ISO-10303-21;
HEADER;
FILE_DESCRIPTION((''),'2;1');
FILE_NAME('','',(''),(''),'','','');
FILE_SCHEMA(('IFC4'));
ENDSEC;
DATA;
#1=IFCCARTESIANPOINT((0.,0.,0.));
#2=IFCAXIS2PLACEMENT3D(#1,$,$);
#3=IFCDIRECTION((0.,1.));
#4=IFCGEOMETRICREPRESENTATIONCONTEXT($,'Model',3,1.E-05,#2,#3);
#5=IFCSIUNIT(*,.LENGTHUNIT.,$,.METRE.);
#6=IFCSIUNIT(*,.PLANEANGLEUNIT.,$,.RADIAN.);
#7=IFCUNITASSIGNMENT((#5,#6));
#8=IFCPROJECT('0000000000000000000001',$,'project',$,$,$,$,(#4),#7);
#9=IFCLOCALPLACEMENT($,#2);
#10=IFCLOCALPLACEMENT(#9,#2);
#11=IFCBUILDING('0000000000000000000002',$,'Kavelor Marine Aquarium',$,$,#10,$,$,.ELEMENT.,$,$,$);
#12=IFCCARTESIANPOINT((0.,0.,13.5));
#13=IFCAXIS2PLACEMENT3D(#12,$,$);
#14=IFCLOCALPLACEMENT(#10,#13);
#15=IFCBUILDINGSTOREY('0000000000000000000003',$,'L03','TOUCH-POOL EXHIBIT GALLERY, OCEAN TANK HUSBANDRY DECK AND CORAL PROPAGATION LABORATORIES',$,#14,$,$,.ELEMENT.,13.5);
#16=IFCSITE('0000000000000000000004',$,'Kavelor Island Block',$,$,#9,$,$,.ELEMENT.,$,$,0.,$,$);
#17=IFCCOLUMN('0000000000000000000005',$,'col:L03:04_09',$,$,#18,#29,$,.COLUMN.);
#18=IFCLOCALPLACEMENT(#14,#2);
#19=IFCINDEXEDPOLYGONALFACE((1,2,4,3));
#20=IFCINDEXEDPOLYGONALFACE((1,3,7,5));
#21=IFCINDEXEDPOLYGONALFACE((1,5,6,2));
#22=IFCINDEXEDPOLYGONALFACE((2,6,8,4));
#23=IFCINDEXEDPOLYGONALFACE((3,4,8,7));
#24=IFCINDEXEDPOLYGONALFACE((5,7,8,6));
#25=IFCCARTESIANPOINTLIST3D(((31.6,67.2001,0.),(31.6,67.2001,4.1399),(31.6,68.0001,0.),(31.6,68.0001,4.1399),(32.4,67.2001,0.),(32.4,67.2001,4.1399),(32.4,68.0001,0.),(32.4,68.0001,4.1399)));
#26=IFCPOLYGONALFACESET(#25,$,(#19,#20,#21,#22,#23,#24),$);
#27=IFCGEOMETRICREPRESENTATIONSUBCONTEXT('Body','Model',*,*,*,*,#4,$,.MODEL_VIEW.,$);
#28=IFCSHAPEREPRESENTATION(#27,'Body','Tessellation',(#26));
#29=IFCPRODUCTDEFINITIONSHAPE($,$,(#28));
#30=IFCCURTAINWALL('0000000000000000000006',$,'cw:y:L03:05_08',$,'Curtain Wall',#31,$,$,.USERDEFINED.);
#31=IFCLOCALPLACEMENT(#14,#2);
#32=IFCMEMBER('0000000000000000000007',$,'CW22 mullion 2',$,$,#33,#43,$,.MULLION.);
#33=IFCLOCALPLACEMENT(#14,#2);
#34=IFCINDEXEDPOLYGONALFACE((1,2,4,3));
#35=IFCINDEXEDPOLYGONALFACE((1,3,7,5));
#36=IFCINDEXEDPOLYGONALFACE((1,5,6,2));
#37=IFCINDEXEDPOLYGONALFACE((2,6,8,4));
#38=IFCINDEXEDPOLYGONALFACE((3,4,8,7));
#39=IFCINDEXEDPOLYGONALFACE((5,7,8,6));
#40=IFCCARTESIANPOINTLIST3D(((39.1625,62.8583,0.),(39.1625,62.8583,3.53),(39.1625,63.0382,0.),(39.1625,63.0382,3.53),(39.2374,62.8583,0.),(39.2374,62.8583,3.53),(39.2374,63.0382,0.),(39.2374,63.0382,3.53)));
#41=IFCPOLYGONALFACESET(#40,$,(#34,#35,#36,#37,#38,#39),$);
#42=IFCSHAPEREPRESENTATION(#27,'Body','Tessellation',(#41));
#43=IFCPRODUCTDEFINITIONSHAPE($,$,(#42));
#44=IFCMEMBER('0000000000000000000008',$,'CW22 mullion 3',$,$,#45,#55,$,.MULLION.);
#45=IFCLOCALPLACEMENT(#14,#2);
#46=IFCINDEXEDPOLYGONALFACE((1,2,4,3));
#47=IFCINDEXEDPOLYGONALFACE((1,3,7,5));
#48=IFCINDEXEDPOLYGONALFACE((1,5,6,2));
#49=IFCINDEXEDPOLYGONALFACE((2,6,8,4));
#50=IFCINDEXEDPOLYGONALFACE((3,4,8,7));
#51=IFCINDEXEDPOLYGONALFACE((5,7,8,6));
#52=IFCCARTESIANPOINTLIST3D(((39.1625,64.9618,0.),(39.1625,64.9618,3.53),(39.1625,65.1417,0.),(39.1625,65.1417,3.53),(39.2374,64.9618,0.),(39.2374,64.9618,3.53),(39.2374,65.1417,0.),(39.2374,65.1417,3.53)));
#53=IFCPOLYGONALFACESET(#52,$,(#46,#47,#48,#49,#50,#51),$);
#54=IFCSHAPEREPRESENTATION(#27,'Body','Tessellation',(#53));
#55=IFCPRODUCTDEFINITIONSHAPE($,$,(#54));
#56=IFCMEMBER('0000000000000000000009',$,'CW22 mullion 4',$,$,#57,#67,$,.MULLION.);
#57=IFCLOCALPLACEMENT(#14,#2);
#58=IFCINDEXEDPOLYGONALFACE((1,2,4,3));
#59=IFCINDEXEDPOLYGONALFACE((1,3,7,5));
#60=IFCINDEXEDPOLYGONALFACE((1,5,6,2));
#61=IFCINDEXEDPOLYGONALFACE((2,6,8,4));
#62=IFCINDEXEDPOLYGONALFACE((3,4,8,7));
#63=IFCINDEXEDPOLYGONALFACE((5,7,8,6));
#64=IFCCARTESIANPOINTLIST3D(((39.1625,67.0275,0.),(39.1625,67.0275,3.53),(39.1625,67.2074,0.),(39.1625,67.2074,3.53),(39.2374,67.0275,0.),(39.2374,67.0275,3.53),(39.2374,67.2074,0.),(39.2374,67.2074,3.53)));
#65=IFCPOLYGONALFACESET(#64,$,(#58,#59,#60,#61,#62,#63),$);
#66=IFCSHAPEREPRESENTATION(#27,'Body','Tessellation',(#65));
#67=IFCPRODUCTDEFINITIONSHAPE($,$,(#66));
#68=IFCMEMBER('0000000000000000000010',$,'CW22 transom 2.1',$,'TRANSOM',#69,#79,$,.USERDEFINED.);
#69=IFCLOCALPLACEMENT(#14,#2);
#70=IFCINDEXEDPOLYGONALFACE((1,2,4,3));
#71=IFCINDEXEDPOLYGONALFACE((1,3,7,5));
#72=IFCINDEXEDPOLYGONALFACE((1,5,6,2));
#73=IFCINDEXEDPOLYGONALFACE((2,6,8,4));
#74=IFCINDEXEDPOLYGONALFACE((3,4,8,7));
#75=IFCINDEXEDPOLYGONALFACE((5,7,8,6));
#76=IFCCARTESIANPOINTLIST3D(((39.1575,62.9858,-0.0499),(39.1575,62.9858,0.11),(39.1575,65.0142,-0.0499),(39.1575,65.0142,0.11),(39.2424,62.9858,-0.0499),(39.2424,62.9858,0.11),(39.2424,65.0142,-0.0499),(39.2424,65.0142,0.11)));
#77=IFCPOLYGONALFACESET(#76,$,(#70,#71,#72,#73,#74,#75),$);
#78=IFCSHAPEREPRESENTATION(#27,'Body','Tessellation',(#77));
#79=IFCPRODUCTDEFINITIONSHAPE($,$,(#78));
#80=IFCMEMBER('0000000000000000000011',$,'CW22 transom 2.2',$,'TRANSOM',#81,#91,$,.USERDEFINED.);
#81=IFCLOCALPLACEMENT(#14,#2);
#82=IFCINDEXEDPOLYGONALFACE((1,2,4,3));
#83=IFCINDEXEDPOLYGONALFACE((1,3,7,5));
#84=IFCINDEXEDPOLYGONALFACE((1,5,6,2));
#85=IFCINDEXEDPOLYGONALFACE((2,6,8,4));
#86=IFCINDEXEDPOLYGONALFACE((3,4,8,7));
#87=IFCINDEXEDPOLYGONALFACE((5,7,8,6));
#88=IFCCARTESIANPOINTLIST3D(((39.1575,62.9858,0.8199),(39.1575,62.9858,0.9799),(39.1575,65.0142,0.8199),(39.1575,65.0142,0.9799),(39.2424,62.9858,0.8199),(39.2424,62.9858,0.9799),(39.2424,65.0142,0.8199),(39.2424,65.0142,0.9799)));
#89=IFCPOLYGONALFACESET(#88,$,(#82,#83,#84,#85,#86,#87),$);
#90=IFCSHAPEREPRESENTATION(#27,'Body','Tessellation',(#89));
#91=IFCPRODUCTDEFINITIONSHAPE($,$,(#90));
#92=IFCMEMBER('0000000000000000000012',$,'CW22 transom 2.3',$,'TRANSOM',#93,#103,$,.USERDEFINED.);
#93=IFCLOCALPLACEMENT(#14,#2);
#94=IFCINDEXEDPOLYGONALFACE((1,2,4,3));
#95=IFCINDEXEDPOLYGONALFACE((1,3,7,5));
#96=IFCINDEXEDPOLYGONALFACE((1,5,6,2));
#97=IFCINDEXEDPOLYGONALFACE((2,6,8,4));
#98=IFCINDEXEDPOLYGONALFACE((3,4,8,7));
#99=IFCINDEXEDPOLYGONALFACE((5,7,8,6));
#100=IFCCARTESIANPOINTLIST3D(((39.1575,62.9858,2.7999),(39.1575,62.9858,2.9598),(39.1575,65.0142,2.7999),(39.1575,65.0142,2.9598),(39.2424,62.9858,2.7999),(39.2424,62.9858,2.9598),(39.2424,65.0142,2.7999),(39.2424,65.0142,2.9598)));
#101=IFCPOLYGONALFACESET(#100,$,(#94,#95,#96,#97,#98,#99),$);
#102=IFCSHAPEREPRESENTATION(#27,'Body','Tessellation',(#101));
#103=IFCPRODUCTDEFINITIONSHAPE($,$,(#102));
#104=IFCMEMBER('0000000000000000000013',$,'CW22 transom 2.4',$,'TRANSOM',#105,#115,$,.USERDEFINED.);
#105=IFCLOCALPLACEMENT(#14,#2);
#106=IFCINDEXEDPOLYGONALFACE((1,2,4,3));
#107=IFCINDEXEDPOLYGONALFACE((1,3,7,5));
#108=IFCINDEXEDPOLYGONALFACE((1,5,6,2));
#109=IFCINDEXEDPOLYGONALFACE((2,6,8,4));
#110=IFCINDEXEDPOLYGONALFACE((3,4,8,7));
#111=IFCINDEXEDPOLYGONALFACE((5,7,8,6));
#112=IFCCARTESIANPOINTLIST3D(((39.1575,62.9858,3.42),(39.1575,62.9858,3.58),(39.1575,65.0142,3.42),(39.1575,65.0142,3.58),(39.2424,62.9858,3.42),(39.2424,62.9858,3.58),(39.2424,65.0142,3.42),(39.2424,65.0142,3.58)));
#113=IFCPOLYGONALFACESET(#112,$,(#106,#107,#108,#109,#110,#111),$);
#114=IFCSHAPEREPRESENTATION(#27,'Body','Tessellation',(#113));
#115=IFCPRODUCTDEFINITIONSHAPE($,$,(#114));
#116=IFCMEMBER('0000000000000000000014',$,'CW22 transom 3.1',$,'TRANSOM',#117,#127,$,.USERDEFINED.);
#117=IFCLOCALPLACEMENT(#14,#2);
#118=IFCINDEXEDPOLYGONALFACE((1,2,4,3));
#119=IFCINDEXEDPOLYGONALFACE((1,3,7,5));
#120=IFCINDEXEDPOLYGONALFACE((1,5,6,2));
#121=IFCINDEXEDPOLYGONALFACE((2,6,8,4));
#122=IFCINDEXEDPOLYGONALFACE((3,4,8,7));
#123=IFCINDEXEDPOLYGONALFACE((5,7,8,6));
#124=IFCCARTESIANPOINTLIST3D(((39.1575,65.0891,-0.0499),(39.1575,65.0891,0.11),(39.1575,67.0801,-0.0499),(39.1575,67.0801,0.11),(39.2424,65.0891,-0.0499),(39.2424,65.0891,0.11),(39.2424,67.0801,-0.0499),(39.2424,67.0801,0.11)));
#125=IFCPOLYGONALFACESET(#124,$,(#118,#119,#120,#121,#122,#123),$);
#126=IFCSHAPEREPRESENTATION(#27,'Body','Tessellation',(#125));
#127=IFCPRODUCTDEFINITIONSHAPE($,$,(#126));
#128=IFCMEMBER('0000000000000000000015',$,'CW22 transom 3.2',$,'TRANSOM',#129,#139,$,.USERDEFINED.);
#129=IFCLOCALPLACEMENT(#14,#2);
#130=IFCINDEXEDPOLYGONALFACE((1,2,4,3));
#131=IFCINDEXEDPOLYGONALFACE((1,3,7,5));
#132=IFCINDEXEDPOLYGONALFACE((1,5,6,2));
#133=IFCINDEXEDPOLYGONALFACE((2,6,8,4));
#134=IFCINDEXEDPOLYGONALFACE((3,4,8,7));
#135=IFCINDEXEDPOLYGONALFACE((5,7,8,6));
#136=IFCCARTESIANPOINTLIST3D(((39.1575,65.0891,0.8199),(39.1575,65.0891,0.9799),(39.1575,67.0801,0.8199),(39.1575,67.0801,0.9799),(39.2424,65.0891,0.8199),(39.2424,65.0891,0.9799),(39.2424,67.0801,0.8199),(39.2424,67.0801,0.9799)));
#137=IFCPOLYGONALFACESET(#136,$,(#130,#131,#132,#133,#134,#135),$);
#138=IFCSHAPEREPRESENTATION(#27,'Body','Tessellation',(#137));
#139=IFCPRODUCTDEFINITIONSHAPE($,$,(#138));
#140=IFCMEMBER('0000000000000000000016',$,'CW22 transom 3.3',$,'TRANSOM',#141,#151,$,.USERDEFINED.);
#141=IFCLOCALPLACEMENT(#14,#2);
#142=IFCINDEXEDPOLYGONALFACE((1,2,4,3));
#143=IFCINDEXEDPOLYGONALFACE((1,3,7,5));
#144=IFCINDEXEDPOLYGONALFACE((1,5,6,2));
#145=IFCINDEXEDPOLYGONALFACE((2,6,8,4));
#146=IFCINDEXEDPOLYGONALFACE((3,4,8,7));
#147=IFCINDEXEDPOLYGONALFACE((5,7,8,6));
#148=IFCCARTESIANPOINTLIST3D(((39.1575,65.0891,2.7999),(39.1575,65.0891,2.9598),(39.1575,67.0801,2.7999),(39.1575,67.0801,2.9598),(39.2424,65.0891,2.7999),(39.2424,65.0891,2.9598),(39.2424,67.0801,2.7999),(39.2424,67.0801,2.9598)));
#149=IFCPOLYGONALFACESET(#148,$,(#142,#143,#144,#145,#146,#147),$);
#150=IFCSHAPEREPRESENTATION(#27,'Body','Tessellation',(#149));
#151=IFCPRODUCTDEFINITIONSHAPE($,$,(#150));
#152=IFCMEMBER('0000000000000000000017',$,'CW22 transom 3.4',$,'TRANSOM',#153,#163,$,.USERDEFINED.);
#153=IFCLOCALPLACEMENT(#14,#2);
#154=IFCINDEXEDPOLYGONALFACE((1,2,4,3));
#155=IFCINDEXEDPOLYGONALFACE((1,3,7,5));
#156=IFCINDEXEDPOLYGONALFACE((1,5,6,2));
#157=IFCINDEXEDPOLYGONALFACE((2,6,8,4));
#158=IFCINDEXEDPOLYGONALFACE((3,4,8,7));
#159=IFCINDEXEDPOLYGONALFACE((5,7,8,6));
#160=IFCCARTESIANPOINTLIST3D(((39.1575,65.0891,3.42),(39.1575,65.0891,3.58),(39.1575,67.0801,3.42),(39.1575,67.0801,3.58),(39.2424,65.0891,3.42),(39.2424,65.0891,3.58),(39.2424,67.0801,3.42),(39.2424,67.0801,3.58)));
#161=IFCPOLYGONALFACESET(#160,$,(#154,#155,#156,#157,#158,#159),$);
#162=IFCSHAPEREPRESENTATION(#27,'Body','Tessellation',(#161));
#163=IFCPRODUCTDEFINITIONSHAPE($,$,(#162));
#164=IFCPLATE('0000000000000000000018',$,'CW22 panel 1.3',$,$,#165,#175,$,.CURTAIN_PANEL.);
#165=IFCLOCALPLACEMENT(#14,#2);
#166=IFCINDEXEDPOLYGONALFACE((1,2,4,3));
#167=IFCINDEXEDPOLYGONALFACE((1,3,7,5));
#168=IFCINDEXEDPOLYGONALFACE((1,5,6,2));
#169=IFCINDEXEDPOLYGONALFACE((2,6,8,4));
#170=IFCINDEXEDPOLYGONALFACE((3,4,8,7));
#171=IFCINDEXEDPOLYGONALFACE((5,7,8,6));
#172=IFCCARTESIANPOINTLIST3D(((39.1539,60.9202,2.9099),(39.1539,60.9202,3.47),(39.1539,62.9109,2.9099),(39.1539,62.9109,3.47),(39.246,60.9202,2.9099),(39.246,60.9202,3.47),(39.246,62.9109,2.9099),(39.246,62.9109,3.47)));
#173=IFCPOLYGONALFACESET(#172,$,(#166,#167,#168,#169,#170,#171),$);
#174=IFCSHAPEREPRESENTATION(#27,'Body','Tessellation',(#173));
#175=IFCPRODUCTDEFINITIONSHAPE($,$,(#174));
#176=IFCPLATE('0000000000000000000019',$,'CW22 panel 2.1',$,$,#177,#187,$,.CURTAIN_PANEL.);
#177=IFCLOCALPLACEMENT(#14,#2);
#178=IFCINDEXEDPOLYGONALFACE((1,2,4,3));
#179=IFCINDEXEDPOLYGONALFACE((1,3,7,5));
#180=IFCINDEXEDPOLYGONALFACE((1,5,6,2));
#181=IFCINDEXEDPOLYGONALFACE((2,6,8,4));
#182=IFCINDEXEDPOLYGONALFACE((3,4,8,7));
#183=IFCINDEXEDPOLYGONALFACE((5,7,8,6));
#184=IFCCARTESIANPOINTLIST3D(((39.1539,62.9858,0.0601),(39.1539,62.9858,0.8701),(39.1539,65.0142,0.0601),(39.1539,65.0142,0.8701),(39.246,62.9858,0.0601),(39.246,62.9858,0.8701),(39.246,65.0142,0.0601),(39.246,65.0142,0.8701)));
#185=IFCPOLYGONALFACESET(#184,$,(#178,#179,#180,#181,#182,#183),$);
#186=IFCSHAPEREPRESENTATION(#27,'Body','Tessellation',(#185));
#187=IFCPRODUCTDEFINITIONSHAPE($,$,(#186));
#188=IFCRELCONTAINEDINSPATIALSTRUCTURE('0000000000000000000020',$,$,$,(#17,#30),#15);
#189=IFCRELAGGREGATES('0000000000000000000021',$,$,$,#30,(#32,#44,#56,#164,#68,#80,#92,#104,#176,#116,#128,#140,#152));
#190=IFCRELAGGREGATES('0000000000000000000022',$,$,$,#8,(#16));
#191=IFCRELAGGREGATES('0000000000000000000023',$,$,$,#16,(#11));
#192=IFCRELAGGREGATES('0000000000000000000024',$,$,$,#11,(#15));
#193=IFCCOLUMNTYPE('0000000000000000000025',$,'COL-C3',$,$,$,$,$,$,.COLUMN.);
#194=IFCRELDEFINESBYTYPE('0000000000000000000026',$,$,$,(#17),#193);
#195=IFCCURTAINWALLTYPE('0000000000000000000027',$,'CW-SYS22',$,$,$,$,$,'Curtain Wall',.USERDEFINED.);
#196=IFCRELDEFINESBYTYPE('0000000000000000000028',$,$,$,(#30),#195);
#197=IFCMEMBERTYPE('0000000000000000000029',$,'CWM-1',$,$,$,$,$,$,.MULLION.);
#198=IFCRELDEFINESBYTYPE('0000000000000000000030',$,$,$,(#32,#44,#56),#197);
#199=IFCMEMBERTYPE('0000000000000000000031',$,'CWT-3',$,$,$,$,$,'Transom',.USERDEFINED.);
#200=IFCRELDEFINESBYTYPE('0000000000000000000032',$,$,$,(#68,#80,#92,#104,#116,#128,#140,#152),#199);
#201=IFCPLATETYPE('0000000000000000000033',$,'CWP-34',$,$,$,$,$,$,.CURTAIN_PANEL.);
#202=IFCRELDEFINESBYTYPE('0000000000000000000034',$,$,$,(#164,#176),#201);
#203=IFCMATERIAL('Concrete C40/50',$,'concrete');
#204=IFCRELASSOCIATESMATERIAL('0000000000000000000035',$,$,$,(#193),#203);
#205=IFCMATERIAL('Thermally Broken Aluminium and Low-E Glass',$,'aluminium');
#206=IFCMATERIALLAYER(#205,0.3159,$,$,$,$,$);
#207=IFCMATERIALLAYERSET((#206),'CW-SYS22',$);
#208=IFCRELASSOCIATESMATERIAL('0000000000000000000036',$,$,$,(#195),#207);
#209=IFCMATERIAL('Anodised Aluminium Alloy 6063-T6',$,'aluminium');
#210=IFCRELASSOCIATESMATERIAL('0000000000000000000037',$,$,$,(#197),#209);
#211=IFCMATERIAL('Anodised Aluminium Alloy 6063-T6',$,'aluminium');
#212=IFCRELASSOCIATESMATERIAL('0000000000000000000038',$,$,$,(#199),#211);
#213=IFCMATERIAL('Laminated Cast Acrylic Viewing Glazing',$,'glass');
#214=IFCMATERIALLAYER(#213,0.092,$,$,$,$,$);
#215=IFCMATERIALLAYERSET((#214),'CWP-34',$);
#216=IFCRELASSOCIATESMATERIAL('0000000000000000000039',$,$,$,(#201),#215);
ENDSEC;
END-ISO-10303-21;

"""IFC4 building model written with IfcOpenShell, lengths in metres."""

from ifc_helpers import new_model, si_unit, direction, frame, origin, origin_2d, place, context, subcontext, project, spatial, rectangle, extrude, material, layer, layer_set, material_profile, profile_set, type_object, element, aggregate, save


model = new_model("IFC4")

# Units and contexts
model_context = context("Model", 3, precision=1e-05, world=origin(), true_north=direction((0.0, 1.0)))
body_context = subcontext(model_context, "Body", "Model", "MODEL_VIEW")
ifc_project = project(units=[si_unit("LENGTHUNIT", "METRE"), si_unit("PLANEANGLEUNIT", "RADIAN")], contexts=[model_context])

# Site, building, storey
site_placement = place(None, origin())
site = spatial("IfcSite", under=ifc_project, at=site_placement, Name="Kavelor Island Block", CompositionType="ELEMENT", RefElevation=0.0)
building_placement = place(site_placement, origin())
building = spatial("IfcBuilding", under=site, at=building_placement, Name="Kavelor Marine Aquarium", CompositionType="ELEMENT")
storey_placement = place(building_placement, frame((0.0, 0.0, 13.5)))
storey = spatial("IfcBuildingStorey", under=building, at=storey_placement, Name="L03", Description="TOUCH-POOL EXHIBIT GALLERY, OCEAN TANK HUSBANDRY DECK AND CORAL PROPAGATION LABORATORIES", CompositionType="ELEMENT", Elevation=13.5)

# Column
ifc_material_1 = material(Name="Concrete C40/50", Category="concrete")
ifc_material_profile_1 = material_profile(ifc_material_1, rectangle(XDim=0.8, YDim=0.8, at=origin_2d()), Name="RC-COL 800x800")
ifc_profile_set_1 = profile_set([ifc_material_profile_1], Name="Concrete C40/50")
column_type = type_object("IfcColumnType", Name="COL-C3", PredefinedType="COLUMN", material=ifc_profile_set_1)
column_placement = place(storey_placement, frame((32.0, 67.6001, 0.0), z_axis=(0.0, 0.0, 1.0), x_axis=(1.0, 0.0, 0.0)))
element("IfcColumn", 1, at=column_placement, inside=storey, type_object=column_type, Name="col:L03:04_09", PredefinedType="COLUMN", context=body_context, shape_type="SweptSolid", body=[
    extrude(rectangle(XDim=0.8, YDim=0.8, at=origin_2d()), origin(), (0.0, 0.0, 1.0), 4.1399),
])

# Curtain wall, members, plates
ifc_material_2 = material(Name="Thermally Broken Aluminium and Low-E Glass", Category="aluminium")
ifc_layer_1 = layer(ifc_material_2, 0.3159)
ifc_layer_set_1 = layer_set([ifc_layer_1], Name="CW-SYS22")
curtain_wall_type = type_object("IfcCurtainWallType", Name="CW-SYS22", ElementType="Curtain Wall", PredefinedType="USERDEFINED", material=ifc_layer_set_1)
curtain_wall_placement = place(storey_placement, origin())
curtain_wall = element("IfcCurtainWall", 2, at=curtain_wall_placement, inside=storey, type_object=curtain_wall_type, Name="cw:y:L03:05_08", ObjectType="Curtain Wall", PredefinedType="USERDEFINED")
ifc_material_3 = material(Name="Anodised Aluminium Alloy 6063-T6", Category="aluminium")
ifc_material_profile_2 = material_profile(ifc_material_3, rectangle(XDim=0.075, YDim=0.1799, at=origin_2d()), Name="CW-MUL 75x180")
ifc_profile_set_2 = profile_set([ifc_material_profile_2], Name="Anodised Aluminium Alloy 6063-T6")
member_type_1 = type_object("IfcMemberType", Name="CWM-1", PredefinedType="MULLION", material=ifc_profile_set_2)
member_1_placement = place(storey_placement, frame((39.2, 62.9482, 0.0), z_axis=(0.0, 0.0, 1.0), x_axis=(-1.0, 0.0, 0.0)))
member_1 = element("IfcMember", 3, at=member_1_placement, type_object=member_type_1, Name="CW22 mullion 2", PredefinedType="MULLION", context=body_context, shape_type="SweptSolid", body=[
    extrude(rectangle(XDim=0.075, YDim=0.1799, at=origin_2d()), origin(), (0.0, 0.0, 1.0), 3.53),
])
member_2_placement = place(storey_placement, frame((39.2, 65.0518, 0.0), z_axis=(0.0, 0.0, 1.0), x_axis=(-1.0, 0.0, 0.0)))
member_2 = element("IfcMember", 4, at=member_2_placement, type_object=member_type_1, Name="CW22 mullion 3", PredefinedType="MULLION", context=body_context, shape_type="SweptSolid", body=[
    extrude(rectangle(XDim=0.075, YDim=0.1799, at=origin_2d()), origin(), (0.0, 0.0, 1.0), 3.53),
])
member_3_placement = place(storey_placement, frame((39.2, 67.1174, 0.0), z_axis=(0.0, 0.0, 1.0), x_axis=(-1.0, 0.0, 0.0)))
member_3 = element("IfcMember", 5, at=member_3_placement, type_object=member_type_1, Name="CW22 mullion 4", PredefinedType="MULLION", context=body_context, shape_type="SweptSolid", body=[
    extrude(rectangle(XDim=0.075, YDim=0.1799, at=origin_2d()), origin(), (0.0, 0.0, 1.0), 3.53),
])
ifc_material_4 = material(Name="Anodised Aluminium Alloy 6063-T6", Category="aluminium")
ifc_material_profile_3 = material_profile(ifc_material_4, rectangle(XDim=0.085, YDim=0.1599, at=origin_2d()), Name="CW-TRN 85x160")
ifc_profile_set_3 = profile_set([ifc_material_profile_3], Name="Anodised Aluminium Alloy 6063-T6")
member_type_2 = type_object("IfcMemberType", Name="CWT-3", ElementType="Transom", PredefinedType="USERDEFINED", material=ifc_profile_set_3)
member_4_placement = place(storey_placement, frame((39.2, 62.9858, 0.03), z_axis=(0.0, 1.0, 0.0), x_axis=(-1.0, 0.0, 0.0)))
member_4 = element("IfcMember", 6, at=member_4_placement, type_object=member_type_2, Name="CW22 transom 2.1", ObjectType="TRANSOM", PredefinedType="USERDEFINED", context=body_context, shape_type="SweptSolid", body=[
    extrude(rectangle(XDim=0.085, YDim=0.1599, at=origin_2d()), origin(), (0.0, 0.0, 1.0), 2.0283),
])
member_5_placement = place(storey_placement, frame((39.2, 62.9858, 0.8999), z_axis=(0.0, 1.0, 0.0), x_axis=(-1.0, 0.0, 0.0)))
member_5 = element("IfcMember", 7, at=member_5_placement, type_object=member_type_2, Name="CW22 transom 2.2", ObjectType="TRANSOM", PredefinedType="USERDEFINED", context=body_context, shape_type="SweptSolid", body=[
    extrude(rectangle(XDim=0.085, YDim=0.1599, at=origin_2d()), origin(), (0.0, 0.0, 1.0), 2.0283),
])
member_6_placement = place(storey_placement, frame((39.2, 62.9858, 2.8799), z_axis=(0.0, 1.0, 0.0), x_axis=(-1.0, 0.0, 0.0)))
member_6 = element("IfcMember", 8, at=member_6_placement, type_object=member_type_2, Name="CW22 transom 2.3", ObjectType="TRANSOM", PredefinedType="USERDEFINED", context=body_context, shape_type="SweptSolid", body=[
    extrude(rectangle(XDim=0.085, YDim=0.1599, at=origin_2d()), origin(), (0.0, 0.0, 1.0), 2.0283),
])
member_7_placement = place(storey_placement, frame((39.2, 62.9858, 3.5), z_axis=(0.0, 1.0, 0.0), x_axis=(-1.0, 0.0, 0.0)))
member_7 = element("IfcMember", 9, at=member_7_placement, type_object=member_type_2, Name="CW22 transom 2.4", ObjectType="TRANSOM", PredefinedType="USERDEFINED", context=body_context, shape_type="SweptSolid", body=[
    extrude(rectangle(XDim=0.085, YDim=0.1599, at=origin_2d()), origin(), (0.0, 0.0, 1.0), 2.0283),
])
member_8_placement = place(storey_placement, frame((39.2, 65.0891, 0.03), z_axis=(0.0, 1.0, 0.0), x_axis=(-1.0, 0.0, 0.0)))
member_8 = element("IfcMember", 10, at=member_8_placement, type_object=member_type_2, Name="CW22 transom 3.1", ObjectType="TRANSOM", PredefinedType="USERDEFINED", context=body_context, shape_type="SweptSolid", body=[
    extrude(rectangle(XDim=0.085, YDim=0.1599, at=origin_2d()), origin(), (0.0, 0.0, 1.0), 1.991),
])
member_9_placement = place(storey_placement, frame((39.2, 65.0891, 0.8999), z_axis=(0.0, 1.0, 0.0), x_axis=(-1.0, 0.0, 0.0)))
member_9 = element("IfcMember", 11, at=member_9_placement, type_object=member_type_2, Name="CW22 transom 3.2", ObjectType="TRANSOM", PredefinedType="USERDEFINED", context=body_context, shape_type="SweptSolid", body=[
    extrude(rectangle(XDim=0.085, YDim=0.1599, at=origin_2d()), origin(), (0.0, 0.0, 1.0), 1.991),
])
member_10_placement = place(storey_placement, frame((39.2, 65.0891, 2.8799), z_axis=(0.0, 1.0, 0.0), x_axis=(-1.0, 0.0, 0.0)))
member_10 = element("IfcMember", 12, at=member_10_placement, type_object=member_type_2, Name="CW22 transom 3.3", ObjectType="TRANSOM", PredefinedType="USERDEFINED", context=body_context, shape_type="SweptSolid", body=[
    extrude(rectangle(XDim=0.085, YDim=0.1599, at=origin_2d()), origin(), (0.0, 0.0, 1.0), 1.991),
])
member_11_placement = place(storey_placement, frame((39.2, 65.0891, 3.5), z_axis=(0.0, 1.0, 0.0), x_axis=(-1.0, 0.0, 0.0)))
member_11 = element("IfcMember", 13, at=member_11_placement, type_object=member_type_2, Name="CW22 transom 3.4", ObjectType="TRANSOM", PredefinedType="USERDEFINED", context=body_context, shape_type="SweptSolid", body=[
    extrude(rectangle(XDim=0.085, YDim=0.1599, at=origin_2d()), origin(), (0.0, 0.0, 1.0), 1.991),
])
ifc_material_5 = material(Name="Laminated Cast Acrylic Viewing Glazing", Category="glass")
ifc_layer_2 = layer(ifc_material_5, 0.092)
ifc_layer_set_2 = layer_set([ifc_layer_2], Name="CWP-34")
plate_type = type_object("IfcPlateType", Name="CWP-34", PredefinedType="CURTAIN_PANEL", material=ifc_layer_set_2)
plate_1_placement = place(storey_placement, frame((39.2, 61.9155, 2.9099), z_axis=(0.0, 0.0, 1.0), x_axis=(0.0, 1.0, 0.0)))
plate_1 = element("IfcPlate", 14, at=plate_1_placement, type_object=plate_type, Name="CW22 panel 1.3", PredefinedType="CURTAIN_PANEL", context=body_context, shape_type="SweptSolid", body=[
    extrude(rectangle(XDim=1.9907, YDim=0.092, at=origin_2d()), origin(), (0.0, 0.0, 1.0), 0.5601),
])
plate_2_placement = place(storey_placement, frame((39.2, 64.0, 0.0601), z_axis=(0.0, 0.0, 1.0), x_axis=(0.0, 1.0, 0.0)))
plate_2 = element("IfcPlate", 15, at=plate_2_placement, type_object=plate_type, Name="CW22 panel 2.1", PredefinedType="CURTAIN_PANEL", context=body_context, shape_type="SweptSolid", body=[
    extrude(rectangle(XDim=2.0283, YDim=0.092, at=origin_2d()), origin(), (0.0, 0.0, 1.0), 0.8101),
])
aggregate(curtain_wall, [member_1, member_2, member_3, plate_1, member_4, member_5, member_6, member_7, plate_2, member_8, member_9, member_10, member_11])

save(model, "model.ifc")
